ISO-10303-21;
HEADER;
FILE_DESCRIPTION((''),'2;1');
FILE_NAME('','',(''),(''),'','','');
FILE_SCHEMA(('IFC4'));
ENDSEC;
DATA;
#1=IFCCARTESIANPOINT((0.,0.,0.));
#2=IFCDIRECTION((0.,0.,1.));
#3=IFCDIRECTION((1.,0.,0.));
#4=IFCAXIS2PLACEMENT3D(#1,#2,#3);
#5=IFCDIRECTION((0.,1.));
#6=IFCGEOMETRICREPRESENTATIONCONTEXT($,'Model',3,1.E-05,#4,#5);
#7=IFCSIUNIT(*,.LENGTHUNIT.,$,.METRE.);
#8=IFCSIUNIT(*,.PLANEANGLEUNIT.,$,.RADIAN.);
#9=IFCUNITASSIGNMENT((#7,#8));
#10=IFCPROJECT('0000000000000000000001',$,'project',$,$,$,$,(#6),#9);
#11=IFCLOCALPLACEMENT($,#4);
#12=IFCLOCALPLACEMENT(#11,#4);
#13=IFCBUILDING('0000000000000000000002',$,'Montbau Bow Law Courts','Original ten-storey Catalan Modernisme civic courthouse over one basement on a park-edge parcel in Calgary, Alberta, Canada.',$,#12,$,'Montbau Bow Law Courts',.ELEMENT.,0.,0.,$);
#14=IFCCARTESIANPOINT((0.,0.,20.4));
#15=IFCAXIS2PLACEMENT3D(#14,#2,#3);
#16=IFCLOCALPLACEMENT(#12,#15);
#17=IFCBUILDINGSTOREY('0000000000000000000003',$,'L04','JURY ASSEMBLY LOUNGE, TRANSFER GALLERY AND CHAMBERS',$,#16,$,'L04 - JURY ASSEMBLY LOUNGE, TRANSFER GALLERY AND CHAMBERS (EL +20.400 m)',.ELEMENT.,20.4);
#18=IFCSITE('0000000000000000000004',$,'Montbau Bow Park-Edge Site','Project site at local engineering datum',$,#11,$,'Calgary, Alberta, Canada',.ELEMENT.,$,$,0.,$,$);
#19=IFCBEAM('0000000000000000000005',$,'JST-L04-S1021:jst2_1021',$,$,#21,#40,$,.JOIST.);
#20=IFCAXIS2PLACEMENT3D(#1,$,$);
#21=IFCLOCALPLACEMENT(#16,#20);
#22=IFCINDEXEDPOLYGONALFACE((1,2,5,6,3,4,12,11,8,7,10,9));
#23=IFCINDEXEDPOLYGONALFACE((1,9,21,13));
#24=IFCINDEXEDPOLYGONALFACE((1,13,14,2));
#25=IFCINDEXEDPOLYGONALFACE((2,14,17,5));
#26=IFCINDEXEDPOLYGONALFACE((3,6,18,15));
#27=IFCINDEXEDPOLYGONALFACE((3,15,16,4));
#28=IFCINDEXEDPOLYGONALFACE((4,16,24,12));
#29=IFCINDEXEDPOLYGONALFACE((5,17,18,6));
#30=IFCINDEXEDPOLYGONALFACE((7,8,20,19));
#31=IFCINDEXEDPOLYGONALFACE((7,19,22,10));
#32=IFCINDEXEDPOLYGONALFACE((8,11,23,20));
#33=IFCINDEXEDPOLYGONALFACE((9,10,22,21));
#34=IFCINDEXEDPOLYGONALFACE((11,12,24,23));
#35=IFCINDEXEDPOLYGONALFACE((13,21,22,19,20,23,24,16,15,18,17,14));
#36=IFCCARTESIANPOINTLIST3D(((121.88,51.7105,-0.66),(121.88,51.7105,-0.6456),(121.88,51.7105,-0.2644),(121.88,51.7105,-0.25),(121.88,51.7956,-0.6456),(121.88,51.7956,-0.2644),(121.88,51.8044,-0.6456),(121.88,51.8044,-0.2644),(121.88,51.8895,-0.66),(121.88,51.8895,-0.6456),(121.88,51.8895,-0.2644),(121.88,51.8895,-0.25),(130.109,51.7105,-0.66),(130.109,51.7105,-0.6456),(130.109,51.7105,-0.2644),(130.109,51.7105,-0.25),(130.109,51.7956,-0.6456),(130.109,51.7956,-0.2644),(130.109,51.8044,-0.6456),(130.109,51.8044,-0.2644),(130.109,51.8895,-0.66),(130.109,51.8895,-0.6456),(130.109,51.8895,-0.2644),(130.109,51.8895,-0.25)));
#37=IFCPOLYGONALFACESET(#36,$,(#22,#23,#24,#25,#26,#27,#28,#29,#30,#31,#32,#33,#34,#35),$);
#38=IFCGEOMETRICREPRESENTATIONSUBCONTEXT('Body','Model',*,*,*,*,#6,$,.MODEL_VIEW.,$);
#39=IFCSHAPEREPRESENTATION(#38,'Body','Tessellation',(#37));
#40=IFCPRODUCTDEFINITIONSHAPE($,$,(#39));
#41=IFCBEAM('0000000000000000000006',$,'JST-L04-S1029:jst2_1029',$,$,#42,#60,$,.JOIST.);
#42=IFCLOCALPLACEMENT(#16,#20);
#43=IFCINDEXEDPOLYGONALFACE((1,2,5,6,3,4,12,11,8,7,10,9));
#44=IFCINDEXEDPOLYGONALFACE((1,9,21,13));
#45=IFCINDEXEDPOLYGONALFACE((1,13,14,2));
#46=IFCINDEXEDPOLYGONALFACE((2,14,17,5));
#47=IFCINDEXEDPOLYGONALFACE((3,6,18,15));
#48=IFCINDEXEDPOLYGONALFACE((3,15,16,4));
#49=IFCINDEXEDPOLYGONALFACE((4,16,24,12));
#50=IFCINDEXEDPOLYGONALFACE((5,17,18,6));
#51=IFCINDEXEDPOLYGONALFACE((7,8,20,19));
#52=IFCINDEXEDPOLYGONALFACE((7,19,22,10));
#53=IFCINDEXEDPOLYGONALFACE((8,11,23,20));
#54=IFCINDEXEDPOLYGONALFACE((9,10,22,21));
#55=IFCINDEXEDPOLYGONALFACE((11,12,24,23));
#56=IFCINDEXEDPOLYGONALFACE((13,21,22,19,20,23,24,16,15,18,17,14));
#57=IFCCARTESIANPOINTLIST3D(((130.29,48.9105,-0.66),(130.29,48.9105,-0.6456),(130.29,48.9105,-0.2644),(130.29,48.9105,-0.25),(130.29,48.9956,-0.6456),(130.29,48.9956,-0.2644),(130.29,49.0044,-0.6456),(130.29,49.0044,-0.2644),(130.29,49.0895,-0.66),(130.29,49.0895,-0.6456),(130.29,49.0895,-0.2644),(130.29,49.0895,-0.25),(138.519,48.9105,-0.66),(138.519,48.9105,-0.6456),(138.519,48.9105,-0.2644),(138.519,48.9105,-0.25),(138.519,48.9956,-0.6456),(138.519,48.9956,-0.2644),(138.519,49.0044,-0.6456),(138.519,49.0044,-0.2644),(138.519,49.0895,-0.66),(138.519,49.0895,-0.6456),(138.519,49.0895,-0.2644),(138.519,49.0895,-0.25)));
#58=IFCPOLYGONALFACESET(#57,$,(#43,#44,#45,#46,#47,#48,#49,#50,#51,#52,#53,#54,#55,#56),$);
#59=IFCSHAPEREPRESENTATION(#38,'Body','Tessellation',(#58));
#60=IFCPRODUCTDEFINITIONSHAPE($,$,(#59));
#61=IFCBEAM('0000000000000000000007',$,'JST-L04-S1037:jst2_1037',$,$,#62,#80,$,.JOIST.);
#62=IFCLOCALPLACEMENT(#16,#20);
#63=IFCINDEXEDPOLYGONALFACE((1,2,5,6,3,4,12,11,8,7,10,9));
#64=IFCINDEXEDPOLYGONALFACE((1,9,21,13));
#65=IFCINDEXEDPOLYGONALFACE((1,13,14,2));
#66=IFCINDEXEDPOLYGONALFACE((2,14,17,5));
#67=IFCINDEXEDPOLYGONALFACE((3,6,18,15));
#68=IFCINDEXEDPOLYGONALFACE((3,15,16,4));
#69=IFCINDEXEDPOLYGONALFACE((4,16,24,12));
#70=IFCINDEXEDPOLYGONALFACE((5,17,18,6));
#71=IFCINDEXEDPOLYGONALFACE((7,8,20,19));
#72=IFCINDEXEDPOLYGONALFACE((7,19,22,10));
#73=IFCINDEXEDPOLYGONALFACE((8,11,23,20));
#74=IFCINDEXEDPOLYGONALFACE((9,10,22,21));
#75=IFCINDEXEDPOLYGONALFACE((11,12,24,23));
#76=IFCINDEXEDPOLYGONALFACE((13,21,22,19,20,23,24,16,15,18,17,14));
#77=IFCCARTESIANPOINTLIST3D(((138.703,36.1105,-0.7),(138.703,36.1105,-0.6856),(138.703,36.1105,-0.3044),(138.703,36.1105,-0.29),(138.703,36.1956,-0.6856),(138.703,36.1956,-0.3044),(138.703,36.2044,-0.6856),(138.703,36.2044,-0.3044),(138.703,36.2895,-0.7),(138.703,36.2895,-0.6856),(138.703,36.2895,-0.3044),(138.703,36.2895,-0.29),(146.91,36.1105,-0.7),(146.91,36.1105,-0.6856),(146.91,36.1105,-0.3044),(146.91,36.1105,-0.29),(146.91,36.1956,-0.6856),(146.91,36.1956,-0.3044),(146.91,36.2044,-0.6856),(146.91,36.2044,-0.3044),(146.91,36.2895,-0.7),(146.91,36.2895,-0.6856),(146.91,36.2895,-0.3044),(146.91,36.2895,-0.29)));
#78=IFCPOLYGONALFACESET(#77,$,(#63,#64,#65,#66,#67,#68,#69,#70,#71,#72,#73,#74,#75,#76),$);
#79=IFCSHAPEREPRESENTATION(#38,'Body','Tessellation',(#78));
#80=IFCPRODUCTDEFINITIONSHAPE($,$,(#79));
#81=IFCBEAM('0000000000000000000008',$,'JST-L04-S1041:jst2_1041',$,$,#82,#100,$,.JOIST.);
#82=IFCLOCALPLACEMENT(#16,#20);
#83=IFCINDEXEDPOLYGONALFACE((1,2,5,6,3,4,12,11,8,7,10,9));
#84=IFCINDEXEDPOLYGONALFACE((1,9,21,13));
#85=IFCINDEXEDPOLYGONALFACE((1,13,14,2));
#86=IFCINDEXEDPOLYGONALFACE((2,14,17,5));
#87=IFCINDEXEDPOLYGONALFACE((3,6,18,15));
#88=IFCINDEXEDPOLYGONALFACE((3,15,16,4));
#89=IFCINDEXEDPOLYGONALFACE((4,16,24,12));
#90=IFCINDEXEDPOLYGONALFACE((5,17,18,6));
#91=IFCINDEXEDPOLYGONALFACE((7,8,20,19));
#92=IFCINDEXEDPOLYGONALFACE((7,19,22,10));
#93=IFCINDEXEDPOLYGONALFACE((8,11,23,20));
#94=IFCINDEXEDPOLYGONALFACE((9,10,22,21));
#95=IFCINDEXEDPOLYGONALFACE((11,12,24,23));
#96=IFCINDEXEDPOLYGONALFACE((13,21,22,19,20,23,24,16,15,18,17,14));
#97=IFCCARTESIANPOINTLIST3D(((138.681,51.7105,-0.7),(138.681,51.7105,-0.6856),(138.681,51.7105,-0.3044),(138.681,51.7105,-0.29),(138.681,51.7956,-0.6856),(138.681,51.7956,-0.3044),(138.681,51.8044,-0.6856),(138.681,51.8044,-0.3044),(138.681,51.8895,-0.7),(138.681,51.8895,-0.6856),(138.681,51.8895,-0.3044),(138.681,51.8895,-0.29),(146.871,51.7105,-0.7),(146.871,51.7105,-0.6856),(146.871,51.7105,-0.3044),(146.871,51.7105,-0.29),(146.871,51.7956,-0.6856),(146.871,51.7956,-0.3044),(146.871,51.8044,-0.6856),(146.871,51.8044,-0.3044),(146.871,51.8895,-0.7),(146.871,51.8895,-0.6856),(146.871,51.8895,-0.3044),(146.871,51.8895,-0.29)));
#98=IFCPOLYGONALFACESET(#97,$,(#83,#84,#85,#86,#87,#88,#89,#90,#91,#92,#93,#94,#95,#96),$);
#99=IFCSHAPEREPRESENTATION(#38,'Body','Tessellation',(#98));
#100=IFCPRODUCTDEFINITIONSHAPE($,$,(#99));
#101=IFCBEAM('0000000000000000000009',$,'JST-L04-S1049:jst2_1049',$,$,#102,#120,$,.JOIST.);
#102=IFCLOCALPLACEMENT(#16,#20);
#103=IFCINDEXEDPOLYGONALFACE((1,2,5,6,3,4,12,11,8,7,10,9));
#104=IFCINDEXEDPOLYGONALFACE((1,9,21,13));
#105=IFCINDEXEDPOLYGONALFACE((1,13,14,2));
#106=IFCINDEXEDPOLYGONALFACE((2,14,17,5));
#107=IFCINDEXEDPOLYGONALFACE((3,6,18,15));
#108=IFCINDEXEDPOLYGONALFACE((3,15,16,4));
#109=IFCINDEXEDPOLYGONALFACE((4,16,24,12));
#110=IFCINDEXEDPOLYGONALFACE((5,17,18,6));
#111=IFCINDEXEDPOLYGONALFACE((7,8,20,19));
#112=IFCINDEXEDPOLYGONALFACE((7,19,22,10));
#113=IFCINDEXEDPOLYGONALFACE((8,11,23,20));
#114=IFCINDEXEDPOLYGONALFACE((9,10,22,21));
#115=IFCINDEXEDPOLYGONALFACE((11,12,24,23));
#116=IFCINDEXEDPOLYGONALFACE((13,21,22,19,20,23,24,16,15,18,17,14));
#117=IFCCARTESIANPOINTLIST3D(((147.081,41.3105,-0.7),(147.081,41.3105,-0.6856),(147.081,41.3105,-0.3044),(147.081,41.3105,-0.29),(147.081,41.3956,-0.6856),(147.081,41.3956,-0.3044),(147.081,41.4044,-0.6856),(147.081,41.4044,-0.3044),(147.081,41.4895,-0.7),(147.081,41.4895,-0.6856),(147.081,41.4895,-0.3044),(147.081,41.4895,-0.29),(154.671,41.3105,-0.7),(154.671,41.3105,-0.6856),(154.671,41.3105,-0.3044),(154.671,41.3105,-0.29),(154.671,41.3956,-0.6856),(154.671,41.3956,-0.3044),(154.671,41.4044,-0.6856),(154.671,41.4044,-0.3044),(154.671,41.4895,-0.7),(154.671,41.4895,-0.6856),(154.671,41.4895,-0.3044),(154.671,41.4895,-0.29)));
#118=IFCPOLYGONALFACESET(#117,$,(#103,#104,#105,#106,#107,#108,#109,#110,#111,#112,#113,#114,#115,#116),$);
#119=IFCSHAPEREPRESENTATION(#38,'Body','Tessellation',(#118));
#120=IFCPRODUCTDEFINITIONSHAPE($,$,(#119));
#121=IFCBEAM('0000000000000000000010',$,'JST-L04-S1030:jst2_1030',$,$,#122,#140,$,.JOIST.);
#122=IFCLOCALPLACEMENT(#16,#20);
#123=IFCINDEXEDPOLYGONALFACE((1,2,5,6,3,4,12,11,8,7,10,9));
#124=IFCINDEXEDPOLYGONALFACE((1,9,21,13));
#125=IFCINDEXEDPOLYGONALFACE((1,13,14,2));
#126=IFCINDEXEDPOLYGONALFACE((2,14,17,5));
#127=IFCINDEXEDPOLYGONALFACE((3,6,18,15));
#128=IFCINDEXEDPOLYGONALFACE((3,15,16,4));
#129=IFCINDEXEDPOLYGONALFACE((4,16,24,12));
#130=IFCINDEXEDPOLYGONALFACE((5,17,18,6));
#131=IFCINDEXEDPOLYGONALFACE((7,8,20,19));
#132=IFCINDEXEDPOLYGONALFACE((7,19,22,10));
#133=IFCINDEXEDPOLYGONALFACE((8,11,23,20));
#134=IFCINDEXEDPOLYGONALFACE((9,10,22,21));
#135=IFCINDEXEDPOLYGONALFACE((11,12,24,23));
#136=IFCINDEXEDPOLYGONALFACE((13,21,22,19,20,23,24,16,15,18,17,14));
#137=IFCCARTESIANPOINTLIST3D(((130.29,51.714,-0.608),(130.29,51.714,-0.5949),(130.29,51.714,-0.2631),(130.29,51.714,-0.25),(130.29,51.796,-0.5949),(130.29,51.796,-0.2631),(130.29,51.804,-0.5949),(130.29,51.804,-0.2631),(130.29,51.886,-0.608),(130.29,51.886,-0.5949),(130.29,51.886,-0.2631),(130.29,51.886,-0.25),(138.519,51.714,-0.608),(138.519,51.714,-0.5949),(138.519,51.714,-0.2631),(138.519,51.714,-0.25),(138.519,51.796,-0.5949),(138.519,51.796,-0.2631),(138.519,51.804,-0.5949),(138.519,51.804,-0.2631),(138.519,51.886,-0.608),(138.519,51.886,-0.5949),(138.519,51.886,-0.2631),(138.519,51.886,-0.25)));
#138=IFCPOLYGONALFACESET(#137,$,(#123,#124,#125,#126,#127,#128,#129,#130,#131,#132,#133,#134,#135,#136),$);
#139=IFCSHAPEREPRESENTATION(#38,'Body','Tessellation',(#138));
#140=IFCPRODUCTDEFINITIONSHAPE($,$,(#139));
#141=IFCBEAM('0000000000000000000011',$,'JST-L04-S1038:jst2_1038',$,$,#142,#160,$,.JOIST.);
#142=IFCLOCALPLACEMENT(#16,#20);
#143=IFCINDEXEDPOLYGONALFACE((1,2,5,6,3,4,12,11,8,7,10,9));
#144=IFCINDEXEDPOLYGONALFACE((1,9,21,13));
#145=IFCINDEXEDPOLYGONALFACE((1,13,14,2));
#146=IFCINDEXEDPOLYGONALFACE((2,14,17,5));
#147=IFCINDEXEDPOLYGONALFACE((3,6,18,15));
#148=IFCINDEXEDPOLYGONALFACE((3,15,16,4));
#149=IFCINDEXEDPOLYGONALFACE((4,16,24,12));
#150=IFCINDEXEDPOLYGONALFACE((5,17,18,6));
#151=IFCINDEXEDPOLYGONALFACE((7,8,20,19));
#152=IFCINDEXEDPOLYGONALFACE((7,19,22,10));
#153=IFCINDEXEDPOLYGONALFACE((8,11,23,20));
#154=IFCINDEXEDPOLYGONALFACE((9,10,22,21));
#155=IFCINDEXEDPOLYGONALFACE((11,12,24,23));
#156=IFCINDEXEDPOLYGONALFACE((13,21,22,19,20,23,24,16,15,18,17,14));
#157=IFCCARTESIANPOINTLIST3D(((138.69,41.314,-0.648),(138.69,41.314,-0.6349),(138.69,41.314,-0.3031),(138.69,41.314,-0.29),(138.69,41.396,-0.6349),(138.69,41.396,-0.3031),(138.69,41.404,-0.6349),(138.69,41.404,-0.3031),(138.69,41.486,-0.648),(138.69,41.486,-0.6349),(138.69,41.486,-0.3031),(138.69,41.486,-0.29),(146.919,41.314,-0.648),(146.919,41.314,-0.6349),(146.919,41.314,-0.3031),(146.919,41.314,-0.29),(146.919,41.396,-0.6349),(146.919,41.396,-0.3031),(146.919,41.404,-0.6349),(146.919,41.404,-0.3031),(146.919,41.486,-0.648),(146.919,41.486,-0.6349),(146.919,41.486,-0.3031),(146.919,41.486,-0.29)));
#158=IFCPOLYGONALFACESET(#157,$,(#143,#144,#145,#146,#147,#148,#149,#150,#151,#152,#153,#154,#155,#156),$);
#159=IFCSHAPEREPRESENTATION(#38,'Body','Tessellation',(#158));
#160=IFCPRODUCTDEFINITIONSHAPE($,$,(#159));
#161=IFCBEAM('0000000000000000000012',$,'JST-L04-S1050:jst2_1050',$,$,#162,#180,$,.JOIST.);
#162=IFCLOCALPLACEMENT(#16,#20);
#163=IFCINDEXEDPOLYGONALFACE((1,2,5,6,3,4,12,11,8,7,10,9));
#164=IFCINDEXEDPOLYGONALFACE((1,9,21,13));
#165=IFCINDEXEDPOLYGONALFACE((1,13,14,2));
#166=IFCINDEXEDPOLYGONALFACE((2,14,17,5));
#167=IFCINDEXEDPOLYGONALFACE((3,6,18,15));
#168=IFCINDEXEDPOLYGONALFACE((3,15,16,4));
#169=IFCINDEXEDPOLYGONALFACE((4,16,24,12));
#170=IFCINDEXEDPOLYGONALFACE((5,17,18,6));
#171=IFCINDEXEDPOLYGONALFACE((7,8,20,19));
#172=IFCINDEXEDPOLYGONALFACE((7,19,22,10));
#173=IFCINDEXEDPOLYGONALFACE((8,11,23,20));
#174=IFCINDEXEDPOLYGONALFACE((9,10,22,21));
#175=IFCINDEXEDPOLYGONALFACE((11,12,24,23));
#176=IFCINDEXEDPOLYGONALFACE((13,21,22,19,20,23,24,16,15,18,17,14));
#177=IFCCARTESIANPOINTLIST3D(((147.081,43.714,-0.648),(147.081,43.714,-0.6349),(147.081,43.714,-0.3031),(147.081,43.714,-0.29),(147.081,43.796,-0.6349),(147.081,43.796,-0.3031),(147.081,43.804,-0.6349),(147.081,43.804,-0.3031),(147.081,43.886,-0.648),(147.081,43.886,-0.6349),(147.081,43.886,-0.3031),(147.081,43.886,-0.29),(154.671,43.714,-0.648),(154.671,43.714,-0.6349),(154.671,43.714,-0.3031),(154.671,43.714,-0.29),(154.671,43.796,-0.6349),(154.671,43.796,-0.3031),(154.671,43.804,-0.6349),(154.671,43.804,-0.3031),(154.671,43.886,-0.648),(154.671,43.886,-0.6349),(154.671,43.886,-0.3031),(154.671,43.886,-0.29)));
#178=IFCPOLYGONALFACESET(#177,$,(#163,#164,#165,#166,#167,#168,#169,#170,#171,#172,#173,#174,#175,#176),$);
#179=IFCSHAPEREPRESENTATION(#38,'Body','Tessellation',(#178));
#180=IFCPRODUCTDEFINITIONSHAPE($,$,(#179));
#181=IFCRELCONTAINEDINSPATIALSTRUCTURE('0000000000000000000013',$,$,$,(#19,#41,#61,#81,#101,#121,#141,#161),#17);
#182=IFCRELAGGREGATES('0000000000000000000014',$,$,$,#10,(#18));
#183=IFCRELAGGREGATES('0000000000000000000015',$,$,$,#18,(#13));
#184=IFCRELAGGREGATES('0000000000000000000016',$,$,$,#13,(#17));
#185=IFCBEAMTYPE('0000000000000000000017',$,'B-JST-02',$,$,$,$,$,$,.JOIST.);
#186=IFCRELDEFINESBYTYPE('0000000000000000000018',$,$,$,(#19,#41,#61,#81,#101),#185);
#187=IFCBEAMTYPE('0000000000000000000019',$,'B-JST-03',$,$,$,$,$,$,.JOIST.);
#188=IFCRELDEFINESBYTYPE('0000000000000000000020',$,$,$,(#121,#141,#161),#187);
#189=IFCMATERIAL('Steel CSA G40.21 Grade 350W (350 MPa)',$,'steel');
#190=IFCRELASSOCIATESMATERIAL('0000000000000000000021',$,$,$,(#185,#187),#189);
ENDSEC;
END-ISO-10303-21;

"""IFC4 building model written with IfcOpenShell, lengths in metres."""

from ifc_helpers import new_model, si_unit, direction, frame, origin_with_axes, origin_2d_with_axis, place, context, subcontext, project, spatial, i_section, extrude, material, material_profile, profile_set, type_object, element, save


model = new_model("IFC4")

# Units and contexts
model_context = context("Model", 3, precision=1e-05, world=origin_with_axes(), true_north=direction((0.0, 1.0)))
body_context = subcontext(model_context, "Body", "Model", "MODEL_VIEW")
ifc_project = project(units=[si_unit("LENGTHUNIT", "METRE"), si_unit("PLANEANGLEUNIT", "RADIAN")], contexts=[model_context])

# Site, building, storey
site_placement = place(None, origin_with_axes())
site = spatial("IfcSite", under=ifc_project, at=site_placement, Name="Montbau Bow Park-Edge Site", Description="Project site at local engineering datum", LongName="Calgary, Alberta, Canada", CompositionType="ELEMENT", RefElevation=0.0)
building_placement = place(site_placement, origin_with_axes())
building = spatial("IfcBuilding", under=site, at=building_placement, Name="Montbau Bow Law Courts", Description="Original ten-storey Catalan Modernisme civic courthouse over one basement on a park-edge parcel in Calgary, Alberta, Canada.", LongName="Montbau Bow Law Courts", CompositionType="ELEMENT", ElevationOfRefHeight=0.0, ElevationOfTerrain=0.0)
storey_placement = place(building_placement, frame((0.0, 0.0, 20.4), z_axis=(0.0, 0.0, 1.0), x_axis=(1.0, 0.0, 0.0)))
storey = spatial("IfcBuildingStorey", under=building, at=storey_placement, Name="L04", Description="JURY ASSEMBLY LOUNGE, TRANSFER GALLERY AND CHAMBERS", LongName="L04 - JURY ASSEMBLY LOUNGE, TRANSFER GALLERY AND CHAMBERS (EL +20.400 m)", CompositionType="ELEMENT", Elevation=20.4)

# Beams
ifc_material_1 = material(Name="Steel CSA G40.21 Grade 350W (350 MPa)", Category="steel")
ifc_material_profile_1 = material_profile(ifc_material_1, i_section(OverallWidth=0.179, OverallDepth=0.41, WebThickness=0.0088, FlangeThickness=0.0144, at=origin_2d_with_axis()), Name="W410X67", Category="Main", Priority=0)
ifc_profile_set_1 = profile_set([ifc_material_profile_1], Name="Steel CSA G40.21 Grade 350W (350 MPa)")
beam_type_1 = type_object("IfcBeamType", Name="B-JST-02", PredefinedType="JOIST", material=ifc_profile_set_1)
for number, where, z_axis, x_axis, name in (
    (1, (121.88, 51.8, 19.945), (1.0, 0.0, 0.0), (0.0, 1.0, 0.0), "JST-L04-S1021:jst2_1021"),
    (2, (130.29, 49.0, 19.945), (1.0, 0.0, 0.0), (0.0, 1.0, 0.0), "JST-L04-S1029:jst2_1029"),
):
    element("IfcBeam", number, at=place(None, frame(where, z_axis=z_axis, x_axis=x_axis)), inside=storey, type_object=beam_type_1, Name=name, PredefinedType="JOIST", context=body_context, shape_type="SweptSolid", body=[
        extrude(i_section(OverallWidth=0.179, OverallDepth=0.41, WebThickness=0.0088, FlangeThickness=0.0144, at=origin_2d_with_axis()), origin_with_axes(), (0.0, 0.0, 1.0), 8.229),
    ])
beam_1_placement = place(None, frame((138.703, 36.2, 19.905), z_axis=(1.0, 0.0, 0.0), x_axis=(0.0, 1.0, 0.0)))
element("IfcBeam", 3, at=beam_1_placement, inside=storey, type_object=beam_type_1, Name="JST-L04-S1037:jst2_1037", PredefinedType="JOIST", context=body_context, shape_type="SweptSolid", body=[
    extrude(i_section(OverallWidth=0.179, OverallDepth=0.41, WebThickness=0.0088, FlangeThickness=0.0144, at=origin_2d_with_axis()), origin_with_axes(), (0.0, 0.0, 1.0), 8.207),
])
beam_2_placement = place(None, frame((138.681, 51.8, 19.905), z_axis=(1.0, 0.0, 0.0), x_axis=(0.0, 1.0, 0.0)))
element("IfcBeam", 4, at=beam_2_placement, inside=storey, type_object=beam_type_1, Name="JST-L04-S1041:jst2_1041", PredefinedType="JOIST", context=body_context, shape_type="SweptSolid", body=[
    extrude(i_section(OverallWidth=0.179, OverallDepth=0.41, WebThickness=0.0088, FlangeThickness=0.0144, at=origin_2d_with_axis()), origin_with_axes(), (0.0, 0.0, 1.0), 8.19),
])
beam_3_placement = place(None, frame((147.081, 41.4, 19.905), z_axis=(1.0, 0.0, 0.0), x_axis=(0.0, 1.0, 0.0)))
element("IfcBeam", 5, at=beam_3_placement, inside=storey, type_object=beam_type_1, Name="JST-L04-S1049:jst2_1049", PredefinedType="JOIST", context=body_context, shape_type="SweptSolid", body=[
    extrude(i_section(OverallWidth=0.179, OverallDepth=0.41, WebThickness=0.0088, FlangeThickness=0.0144, at=origin_2d_with_axis()), origin_with_axes(), (0.0, 0.0, 1.0), 7.59),
])
ifc_material_profile_2 = material_profile(ifc_material_1, i_section(OverallWidth=0.172, OverallDepth=0.358, WebThickness=0.0079, FlangeThickness=0.0131, at=origin_2d_with_axis()), Name="W360X57", Category="Main", Priority=0)
ifc_profile_set_2 = profile_set([ifc_material_profile_2], Name="Steel CSA G40.21 Grade 350W (350 MPa)")
beam_type_2 = type_object("IfcBeamType", Name="B-JST-03", PredefinedType="JOIST", material=ifc_profile_set_2)
for number, where, z_axis, x_axis, name in (
    (6, (130.29, 51.8, 19.971), (1.0, 0.0, 0.0), (0.0, 1.0, 0.0), "JST-L04-S1030:jst2_1030"),
    (7, (138.69, 41.4, 19.931), (1.0, 0.0, 0.0), (0.0, 1.0, 0.0), "JST-L04-S1038:jst2_1038"),
):
    element("IfcBeam", number, at=place(None, frame(where, z_axis=z_axis, x_axis=x_axis)), inside=storey, type_object=beam_type_2, Name=name, PredefinedType="JOIST", context=body_context, shape_type="SweptSolid", body=[
        extrude(i_section(OverallWidth=0.172, OverallDepth=0.358, WebThickness=0.0079, FlangeThickness=0.0131, at=origin_2d_with_axis()), origin_with_axes(), (0.0, 0.0, 1.0), 8.229),
    ])
beam_4_placement = place(None, frame((147.081, 43.8, 19.931), z_axis=(1.0, 0.0, 0.0), x_axis=(0.0, 1.0, 0.0)))
element("IfcBeam", 8, at=beam_4_placement, inside=storey, type_object=beam_type_2, Name="JST-L04-S1050:jst2_1050", PredefinedType="JOIST", context=body_context, shape_type="SweptSolid", body=[
    extrude(i_section(OverallWidth=0.172, OverallDepth=0.358, WebThickness=0.0079, FlangeThickness=0.0131, at=origin_2d_with_axis()), origin_with_axes(), (0.0, 0.0, 1.0), 7.59),
])

save(model, "model.ifc")
